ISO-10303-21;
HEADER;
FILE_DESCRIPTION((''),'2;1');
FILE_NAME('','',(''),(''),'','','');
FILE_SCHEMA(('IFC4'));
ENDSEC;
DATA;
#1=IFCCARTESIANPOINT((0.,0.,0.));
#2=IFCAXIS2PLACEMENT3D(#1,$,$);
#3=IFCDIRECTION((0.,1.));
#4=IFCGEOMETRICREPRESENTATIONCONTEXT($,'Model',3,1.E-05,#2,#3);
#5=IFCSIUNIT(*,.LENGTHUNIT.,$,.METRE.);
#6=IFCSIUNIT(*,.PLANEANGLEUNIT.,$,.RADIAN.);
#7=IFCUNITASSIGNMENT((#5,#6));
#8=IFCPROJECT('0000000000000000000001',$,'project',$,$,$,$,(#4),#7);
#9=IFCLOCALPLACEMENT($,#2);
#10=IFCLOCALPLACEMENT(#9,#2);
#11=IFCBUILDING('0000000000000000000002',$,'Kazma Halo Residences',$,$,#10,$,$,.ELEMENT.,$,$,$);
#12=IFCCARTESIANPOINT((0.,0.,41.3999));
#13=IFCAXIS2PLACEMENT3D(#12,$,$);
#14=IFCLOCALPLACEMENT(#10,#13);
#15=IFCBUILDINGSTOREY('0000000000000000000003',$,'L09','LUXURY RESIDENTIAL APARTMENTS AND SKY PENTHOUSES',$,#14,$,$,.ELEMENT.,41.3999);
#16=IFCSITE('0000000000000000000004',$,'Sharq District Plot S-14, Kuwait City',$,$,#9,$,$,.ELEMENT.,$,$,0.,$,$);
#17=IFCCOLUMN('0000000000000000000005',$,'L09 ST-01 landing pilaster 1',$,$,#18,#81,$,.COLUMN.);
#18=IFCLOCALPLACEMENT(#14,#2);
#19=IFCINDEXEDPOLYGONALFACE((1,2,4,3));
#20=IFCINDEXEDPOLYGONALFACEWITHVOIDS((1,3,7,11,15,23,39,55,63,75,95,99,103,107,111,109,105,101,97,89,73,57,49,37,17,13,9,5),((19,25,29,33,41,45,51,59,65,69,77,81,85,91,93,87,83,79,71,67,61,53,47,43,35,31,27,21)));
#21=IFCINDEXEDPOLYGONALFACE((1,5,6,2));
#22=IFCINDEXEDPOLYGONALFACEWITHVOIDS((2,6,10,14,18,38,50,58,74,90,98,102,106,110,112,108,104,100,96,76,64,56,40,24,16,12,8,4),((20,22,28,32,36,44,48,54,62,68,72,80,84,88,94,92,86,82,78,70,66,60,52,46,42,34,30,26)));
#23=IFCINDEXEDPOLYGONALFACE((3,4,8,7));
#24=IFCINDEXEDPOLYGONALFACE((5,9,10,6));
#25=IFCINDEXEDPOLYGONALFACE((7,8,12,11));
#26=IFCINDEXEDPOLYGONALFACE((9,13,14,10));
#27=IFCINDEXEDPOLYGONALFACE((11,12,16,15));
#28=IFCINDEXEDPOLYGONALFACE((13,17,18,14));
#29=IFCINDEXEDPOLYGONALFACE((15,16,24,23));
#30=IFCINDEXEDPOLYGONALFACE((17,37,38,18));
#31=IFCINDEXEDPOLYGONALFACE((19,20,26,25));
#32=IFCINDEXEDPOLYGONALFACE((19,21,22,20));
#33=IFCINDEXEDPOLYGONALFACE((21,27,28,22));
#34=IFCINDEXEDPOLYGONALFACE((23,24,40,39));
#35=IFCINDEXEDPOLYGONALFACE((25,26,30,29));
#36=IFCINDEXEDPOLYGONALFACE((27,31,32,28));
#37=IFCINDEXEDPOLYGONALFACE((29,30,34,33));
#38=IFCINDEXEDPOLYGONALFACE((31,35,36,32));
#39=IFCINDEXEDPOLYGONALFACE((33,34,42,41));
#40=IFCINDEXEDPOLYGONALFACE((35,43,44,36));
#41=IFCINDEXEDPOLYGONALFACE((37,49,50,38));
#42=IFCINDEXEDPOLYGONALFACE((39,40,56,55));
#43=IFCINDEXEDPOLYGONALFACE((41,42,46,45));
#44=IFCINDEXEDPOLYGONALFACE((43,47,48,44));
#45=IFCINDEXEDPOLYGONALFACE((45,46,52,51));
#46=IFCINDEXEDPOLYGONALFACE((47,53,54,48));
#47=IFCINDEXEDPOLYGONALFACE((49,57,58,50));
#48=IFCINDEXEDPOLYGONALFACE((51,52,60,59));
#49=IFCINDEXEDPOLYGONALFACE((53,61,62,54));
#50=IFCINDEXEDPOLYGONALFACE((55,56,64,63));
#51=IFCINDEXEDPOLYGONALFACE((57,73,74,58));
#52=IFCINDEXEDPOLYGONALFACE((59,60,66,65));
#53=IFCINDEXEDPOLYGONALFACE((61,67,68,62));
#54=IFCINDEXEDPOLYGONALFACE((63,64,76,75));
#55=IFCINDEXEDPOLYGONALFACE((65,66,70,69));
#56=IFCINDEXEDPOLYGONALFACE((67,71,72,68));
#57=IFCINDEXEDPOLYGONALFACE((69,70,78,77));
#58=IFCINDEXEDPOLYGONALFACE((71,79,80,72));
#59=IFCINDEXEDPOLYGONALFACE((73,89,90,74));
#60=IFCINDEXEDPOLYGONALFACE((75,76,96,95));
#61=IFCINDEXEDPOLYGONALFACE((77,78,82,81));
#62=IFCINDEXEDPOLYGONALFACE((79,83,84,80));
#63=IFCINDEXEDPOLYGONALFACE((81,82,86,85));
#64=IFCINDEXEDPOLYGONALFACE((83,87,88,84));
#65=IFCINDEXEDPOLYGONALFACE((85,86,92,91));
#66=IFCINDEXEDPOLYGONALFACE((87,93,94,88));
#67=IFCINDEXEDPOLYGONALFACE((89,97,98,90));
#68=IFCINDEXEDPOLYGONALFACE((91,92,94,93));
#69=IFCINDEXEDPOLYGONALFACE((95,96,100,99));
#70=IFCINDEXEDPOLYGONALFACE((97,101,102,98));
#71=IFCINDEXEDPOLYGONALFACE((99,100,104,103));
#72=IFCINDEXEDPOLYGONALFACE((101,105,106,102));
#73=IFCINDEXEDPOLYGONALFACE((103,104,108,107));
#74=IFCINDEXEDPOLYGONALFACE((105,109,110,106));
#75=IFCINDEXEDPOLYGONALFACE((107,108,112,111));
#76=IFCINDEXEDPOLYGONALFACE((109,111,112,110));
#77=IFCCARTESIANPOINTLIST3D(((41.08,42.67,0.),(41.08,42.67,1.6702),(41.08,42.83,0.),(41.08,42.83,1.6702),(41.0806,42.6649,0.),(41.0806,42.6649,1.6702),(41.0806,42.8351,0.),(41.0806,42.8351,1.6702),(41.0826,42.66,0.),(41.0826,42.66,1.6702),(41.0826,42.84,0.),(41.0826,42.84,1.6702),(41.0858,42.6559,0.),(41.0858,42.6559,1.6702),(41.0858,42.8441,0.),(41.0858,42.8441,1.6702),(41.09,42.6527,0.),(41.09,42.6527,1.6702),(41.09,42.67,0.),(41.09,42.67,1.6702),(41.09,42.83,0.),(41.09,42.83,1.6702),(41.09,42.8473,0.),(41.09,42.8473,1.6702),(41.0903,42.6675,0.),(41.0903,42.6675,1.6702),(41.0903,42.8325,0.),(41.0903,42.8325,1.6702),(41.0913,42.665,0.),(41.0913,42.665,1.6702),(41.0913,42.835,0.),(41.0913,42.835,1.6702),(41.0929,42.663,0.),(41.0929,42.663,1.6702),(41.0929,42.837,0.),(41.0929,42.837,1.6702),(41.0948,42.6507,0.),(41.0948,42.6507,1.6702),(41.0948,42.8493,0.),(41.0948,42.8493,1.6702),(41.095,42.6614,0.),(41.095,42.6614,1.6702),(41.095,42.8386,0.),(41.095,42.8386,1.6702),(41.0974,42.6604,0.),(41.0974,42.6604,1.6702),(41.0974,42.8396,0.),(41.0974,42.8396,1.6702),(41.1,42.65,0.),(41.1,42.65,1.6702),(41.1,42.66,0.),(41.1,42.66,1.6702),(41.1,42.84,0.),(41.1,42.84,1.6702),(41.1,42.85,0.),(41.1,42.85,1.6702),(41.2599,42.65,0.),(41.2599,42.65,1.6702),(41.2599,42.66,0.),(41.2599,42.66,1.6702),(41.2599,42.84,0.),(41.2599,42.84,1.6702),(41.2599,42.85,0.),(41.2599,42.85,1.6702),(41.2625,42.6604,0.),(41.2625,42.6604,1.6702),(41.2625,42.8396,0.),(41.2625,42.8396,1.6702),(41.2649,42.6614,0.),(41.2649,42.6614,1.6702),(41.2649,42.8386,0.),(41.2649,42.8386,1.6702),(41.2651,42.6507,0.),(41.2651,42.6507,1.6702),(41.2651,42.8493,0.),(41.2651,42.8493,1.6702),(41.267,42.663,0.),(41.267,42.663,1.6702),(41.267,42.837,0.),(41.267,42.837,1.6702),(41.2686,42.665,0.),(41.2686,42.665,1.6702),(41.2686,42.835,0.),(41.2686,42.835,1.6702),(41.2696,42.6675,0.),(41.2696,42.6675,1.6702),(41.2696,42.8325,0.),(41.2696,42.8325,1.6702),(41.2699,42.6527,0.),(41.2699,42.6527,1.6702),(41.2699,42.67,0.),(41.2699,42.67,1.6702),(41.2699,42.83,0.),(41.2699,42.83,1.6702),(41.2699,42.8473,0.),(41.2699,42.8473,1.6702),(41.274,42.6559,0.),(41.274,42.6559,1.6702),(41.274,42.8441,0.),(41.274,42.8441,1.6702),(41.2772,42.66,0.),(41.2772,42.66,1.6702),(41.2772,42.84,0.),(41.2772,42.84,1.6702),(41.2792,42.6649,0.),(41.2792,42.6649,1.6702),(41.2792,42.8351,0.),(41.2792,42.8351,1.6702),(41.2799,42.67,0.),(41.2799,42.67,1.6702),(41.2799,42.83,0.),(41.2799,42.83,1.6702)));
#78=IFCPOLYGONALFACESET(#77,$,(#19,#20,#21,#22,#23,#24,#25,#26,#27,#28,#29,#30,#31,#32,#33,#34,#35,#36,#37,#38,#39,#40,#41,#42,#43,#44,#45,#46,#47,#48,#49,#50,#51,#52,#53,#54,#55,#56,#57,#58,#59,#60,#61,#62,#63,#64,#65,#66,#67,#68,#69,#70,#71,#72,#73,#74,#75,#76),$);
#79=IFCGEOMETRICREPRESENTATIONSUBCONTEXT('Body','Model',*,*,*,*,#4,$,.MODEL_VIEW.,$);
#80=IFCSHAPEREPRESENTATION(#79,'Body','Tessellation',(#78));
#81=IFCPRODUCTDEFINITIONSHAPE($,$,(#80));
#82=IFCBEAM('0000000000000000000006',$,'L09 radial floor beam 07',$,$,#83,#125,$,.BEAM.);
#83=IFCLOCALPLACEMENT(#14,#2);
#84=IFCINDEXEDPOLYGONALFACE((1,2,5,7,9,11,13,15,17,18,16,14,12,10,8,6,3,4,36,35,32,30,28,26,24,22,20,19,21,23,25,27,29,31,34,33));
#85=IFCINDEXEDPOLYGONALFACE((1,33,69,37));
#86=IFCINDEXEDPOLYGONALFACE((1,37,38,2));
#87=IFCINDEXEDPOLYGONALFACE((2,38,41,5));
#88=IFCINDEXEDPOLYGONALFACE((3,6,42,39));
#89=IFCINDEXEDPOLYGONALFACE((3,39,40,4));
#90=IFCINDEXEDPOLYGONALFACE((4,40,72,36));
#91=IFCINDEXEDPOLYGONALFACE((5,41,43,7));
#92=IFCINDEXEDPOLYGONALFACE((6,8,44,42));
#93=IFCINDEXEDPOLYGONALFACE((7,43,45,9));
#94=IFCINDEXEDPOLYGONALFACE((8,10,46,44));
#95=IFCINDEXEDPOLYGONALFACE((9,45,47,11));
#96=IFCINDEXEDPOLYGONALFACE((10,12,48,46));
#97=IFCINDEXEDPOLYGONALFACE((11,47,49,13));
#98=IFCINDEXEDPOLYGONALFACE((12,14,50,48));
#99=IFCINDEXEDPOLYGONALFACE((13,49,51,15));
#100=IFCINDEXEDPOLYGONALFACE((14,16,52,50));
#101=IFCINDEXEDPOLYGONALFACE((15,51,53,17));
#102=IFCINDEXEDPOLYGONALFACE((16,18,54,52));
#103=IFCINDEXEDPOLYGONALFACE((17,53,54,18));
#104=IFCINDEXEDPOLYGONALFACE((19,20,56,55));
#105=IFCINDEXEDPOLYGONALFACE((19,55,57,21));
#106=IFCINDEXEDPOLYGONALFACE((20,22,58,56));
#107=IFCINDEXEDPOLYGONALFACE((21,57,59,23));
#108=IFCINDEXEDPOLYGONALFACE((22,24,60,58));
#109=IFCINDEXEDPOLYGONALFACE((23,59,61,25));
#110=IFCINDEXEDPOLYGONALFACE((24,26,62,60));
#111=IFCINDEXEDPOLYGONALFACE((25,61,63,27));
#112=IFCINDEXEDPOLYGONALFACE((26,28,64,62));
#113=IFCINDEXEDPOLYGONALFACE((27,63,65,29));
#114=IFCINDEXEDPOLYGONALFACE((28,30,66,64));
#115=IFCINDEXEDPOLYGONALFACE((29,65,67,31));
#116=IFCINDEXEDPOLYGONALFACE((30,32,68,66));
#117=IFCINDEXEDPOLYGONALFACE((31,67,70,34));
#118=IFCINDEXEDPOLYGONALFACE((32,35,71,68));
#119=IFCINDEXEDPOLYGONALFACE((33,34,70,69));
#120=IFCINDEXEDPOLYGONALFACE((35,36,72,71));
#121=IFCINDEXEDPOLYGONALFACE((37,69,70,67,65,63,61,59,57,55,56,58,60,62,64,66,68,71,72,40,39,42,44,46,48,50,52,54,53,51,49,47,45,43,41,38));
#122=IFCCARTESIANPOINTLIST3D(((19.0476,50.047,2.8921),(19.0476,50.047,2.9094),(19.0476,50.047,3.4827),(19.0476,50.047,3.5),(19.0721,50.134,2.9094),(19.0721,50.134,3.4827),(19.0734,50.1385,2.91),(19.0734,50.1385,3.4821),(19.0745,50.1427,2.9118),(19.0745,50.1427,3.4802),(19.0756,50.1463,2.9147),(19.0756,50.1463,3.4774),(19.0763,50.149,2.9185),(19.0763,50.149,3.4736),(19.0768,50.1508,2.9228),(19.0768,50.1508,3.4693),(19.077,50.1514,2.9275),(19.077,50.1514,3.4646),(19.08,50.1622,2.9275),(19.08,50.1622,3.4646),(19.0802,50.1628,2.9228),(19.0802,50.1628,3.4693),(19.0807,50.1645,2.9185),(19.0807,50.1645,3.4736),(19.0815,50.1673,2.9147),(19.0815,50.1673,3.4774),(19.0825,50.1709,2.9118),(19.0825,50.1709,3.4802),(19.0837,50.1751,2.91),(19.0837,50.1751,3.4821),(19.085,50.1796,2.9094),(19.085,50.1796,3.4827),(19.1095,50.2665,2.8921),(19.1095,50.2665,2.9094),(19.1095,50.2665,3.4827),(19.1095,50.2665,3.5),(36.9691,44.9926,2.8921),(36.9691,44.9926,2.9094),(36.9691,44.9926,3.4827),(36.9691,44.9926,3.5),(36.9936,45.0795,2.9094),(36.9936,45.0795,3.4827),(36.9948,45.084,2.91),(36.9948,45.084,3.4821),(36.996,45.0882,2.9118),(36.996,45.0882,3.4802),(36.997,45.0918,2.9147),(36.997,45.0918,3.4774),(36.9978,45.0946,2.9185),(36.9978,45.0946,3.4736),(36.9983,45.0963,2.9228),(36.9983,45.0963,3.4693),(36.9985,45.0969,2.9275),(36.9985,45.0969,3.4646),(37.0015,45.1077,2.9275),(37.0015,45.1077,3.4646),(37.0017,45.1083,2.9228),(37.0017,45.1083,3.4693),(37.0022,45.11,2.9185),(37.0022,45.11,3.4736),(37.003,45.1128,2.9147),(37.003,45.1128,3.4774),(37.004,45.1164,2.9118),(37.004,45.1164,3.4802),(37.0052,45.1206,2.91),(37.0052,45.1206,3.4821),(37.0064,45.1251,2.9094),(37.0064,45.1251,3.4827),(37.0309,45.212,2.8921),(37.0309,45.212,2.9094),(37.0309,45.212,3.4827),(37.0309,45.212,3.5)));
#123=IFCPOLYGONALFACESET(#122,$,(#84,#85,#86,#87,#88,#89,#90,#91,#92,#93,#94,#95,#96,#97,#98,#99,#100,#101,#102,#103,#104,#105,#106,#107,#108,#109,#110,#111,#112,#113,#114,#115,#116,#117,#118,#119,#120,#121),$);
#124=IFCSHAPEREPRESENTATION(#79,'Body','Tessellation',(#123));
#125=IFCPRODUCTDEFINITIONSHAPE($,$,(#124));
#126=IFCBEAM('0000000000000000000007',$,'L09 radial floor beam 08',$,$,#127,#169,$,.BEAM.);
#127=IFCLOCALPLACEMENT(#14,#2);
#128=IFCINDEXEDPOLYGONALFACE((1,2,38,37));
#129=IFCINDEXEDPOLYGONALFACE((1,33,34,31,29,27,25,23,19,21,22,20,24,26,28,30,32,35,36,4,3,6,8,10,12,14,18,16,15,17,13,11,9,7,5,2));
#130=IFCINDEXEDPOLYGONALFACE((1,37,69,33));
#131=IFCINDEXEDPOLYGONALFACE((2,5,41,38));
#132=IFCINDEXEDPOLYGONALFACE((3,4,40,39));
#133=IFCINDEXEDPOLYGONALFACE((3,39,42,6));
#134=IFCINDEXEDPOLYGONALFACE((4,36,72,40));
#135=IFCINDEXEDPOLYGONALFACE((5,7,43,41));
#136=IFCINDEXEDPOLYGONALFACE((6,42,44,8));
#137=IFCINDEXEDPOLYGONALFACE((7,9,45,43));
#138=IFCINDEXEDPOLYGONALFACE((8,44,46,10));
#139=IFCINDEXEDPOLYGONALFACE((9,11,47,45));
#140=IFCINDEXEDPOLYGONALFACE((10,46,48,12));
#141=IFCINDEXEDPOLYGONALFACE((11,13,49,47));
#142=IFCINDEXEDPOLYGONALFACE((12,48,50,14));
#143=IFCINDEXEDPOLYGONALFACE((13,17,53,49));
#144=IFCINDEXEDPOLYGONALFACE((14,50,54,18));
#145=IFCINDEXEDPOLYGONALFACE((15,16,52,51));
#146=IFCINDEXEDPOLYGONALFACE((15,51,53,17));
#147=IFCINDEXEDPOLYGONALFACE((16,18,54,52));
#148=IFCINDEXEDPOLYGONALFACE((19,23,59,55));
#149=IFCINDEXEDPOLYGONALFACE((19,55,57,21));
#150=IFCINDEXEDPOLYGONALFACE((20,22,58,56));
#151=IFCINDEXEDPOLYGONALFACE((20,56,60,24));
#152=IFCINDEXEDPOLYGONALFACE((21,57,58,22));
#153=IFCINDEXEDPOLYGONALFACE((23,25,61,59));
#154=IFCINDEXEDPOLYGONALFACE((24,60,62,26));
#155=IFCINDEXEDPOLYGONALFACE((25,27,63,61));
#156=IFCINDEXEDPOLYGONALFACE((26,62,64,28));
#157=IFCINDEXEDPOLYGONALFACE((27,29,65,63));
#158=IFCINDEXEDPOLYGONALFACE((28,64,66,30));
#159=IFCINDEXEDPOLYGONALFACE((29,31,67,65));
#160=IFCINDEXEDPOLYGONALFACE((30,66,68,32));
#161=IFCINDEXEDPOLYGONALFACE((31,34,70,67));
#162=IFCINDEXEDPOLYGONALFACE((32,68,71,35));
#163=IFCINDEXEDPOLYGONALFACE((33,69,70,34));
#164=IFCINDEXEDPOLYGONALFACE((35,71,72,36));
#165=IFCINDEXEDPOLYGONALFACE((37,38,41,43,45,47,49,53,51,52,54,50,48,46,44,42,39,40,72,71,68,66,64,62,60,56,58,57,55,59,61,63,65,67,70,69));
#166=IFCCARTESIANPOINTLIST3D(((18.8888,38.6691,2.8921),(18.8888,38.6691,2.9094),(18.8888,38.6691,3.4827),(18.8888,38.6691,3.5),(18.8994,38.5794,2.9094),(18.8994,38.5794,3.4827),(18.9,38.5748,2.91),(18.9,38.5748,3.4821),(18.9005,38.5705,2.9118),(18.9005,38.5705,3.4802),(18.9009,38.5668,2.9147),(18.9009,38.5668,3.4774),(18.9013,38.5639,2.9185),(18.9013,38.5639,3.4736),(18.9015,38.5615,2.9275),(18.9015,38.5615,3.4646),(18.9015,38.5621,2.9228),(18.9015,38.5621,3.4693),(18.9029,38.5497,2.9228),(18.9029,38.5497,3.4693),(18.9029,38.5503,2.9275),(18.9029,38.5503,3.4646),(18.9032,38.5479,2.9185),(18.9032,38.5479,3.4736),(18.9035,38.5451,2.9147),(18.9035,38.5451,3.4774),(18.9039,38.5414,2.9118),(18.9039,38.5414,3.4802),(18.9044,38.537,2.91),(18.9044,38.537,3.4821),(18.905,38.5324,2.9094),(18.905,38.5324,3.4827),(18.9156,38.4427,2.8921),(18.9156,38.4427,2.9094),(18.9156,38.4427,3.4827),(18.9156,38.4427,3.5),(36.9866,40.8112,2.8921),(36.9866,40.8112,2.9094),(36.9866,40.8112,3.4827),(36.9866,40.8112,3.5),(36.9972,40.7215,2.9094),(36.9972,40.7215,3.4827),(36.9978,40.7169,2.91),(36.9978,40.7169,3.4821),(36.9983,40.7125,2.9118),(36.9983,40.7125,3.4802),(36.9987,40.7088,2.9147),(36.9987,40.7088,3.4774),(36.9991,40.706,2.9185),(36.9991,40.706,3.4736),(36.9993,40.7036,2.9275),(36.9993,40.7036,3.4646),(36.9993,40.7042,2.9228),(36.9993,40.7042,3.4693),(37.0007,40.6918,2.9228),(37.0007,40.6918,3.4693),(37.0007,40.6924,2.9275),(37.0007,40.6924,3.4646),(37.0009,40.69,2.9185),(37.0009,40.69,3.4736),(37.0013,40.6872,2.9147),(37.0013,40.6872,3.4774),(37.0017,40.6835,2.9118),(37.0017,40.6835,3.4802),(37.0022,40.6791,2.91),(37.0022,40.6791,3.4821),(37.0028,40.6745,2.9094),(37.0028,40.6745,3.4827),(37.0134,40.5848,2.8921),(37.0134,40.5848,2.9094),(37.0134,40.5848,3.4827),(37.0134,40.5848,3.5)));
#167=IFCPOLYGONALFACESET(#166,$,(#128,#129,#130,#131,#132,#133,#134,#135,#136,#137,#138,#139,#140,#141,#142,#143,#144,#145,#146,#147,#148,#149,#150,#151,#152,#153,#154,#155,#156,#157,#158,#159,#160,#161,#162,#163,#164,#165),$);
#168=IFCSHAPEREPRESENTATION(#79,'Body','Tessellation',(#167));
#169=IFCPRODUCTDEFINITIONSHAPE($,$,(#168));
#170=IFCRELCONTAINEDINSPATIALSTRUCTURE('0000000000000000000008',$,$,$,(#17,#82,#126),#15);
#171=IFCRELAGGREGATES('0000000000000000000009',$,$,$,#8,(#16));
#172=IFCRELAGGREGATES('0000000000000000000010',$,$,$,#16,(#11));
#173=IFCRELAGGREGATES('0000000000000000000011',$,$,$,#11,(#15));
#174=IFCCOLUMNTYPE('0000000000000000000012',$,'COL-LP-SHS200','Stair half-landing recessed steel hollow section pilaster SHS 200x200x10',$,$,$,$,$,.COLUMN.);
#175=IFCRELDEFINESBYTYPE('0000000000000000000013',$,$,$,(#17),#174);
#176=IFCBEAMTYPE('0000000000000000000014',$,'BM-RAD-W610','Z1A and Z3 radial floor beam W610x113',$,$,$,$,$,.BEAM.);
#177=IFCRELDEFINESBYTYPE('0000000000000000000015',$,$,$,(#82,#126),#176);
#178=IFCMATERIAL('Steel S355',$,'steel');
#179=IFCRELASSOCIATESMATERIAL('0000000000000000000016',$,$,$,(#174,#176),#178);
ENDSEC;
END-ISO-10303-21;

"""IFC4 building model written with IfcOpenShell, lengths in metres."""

from ifc_helpers import new_model, si_unit, direction, frame, origin, origin_2d, place, context, subcontext, project, spatial, hollow_rectangle, i_section, extrude, material, material_profile, profile_set, type_object, element, save


model = new_model("IFC4")

# Units and contexts
model_context = context("Model", 3, precision=1e-05, world=origin(), true_north=direction((0.0, 1.0)))
body_context = subcontext(model_context, "Body", "Model", "MODEL_VIEW")
ifc_project = project(units=[si_unit("LENGTHUNIT", "METRE"), si_unit("PLANEANGLEUNIT", "RADIAN")], contexts=[model_context])

# Site, building, storey
site_placement = place(None, origin())
site = spatial("IfcSite", under=ifc_project, at=site_placement, Name="Sharq District Plot S-14, Kuwait City", CompositionType="ELEMENT", RefElevation=0.0)
building_placement = place(site_placement, origin())
building = spatial("IfcBuilding", under=site, at=building_placement, Name="Kazma Halo Residences", CompositionType="ELEMENT")
storey_placement = place(building_placement, frame((0.0, 0.0, 41.3999)))
storey = spatial("IfcBuildingStorey", under=building, at=storey_placement, Name="L09", Description="LUXURY RESIDENTIAL APARTMENTS AND SKY PENTHOUSES", CompositionType="ELEMENT", Elevation=41.3999)

# Column
ifc_material_1 = material(Name="Steel S355", Category="steel")
ifc_material_profile_1 = material_profile(ifc_material_1, hollow_rectangle(XDim=0.2, YDim=0.2, WallThickness=0.01, InnerFilletRadius=0.01, OuterFilletRadius=0.02, at=origin_2d()), Name="SHS200x200x10")
ifc_profile_set_1 = profile_set([ifc_material_profile_1], Name="Steel S355")
column_type = type_object("IfcColumnType", Name="COL-LP-SHS200", Description="Stair half-landing recessed steel hollow section pilaster SHS 200x200x10", PredefinedType="COLUMN", material=ifc_profile_set_1)
column_placement = place(storey_placement, frame((41.1799, 42.75, 0.0), z_axis=(0.0, 0.0, 1.0), x_axis=(1.0, 0.0, 0.0)))
element("IfcColumn", 1, at=column_placement, inside=storey, type_object=column_type, Name="L09 ST-01 landing pilaster 1", PredefinedType="COLUMN", context=body_context, shape_type="SweptSolid", body=[
    extrude(hollow_rectangle(XDim=0.2, YDim=0.2, WallThickness=0.01, InnerFilletRadius=0.01, OuterFilletRadius=0.02, at=origin_2d()), origin(), (0.0, 0.0, 1.0), 1.6702),
])

# Beams
ifc_material_profile_2 = material_profile(ifc_material_1, i_section(OverallWidth=0.228, OverallDepth=0.6079, WebThickness=0.0112, FlangeThickness=0.0173, FilletRadius=0.0181, at=origin_2d()), Name="W610x113")
ifc_profile_set_2 = profile_set([ifc_material_profile_2], Name="Steel S355")
beam_type_1 = type_object("IfcBeamType", Name="BM-RAD-W610", Description="Z1A and Z3 radial floor beam W610x113", PredefinedType="BEAM", material=ifc_profile_set_2)
beam_1_placement = place(storey_placement, frame((37.0, 45.1023, 3.196), z_axis=(-0.962454, 0.271445, 0.0), x_axis=(-0.271445, -0.962454, 0.0)))
element("IfcBeam", 2, at=beam_1_placement, inside=storey, type_object=beam_type_1, Name="L09 radial floor beam 07", PredefinedType="BEAM", context=body_context, shape_type="SweptSolid", body=[
    extrude(i_section(OverallWidth=0.228, OverallDepth=0.6079, WebThickness=0.0112, FlangeThickness=0.0173, FilletRadius=0.0181, at=origin_2d()), origin(), (0.0, 0.0, 1.0), 18.6206),
])
beam_2_placement = place(storey_placement, frame((37.0, 40.698, 3.196), z_axis=(-0.993068, -0.117541, 0.0), x_axis=(0.117541, -0.993068, 0.0)))
element("IfcBeam", 3, at=beam_2_placement, inside=storey, type_object=beam_type_1, Name="L09 radial floor beam 08", PredefinedType="BEAM", context=body_context, shape_type="SweptSolid", body=[
    extrude(i_section(OverallWidth=0.228, OverallDepth=0.6079, WebThickness=0.0112, FlangeThickness=0.0173, FilletRadius=0.0181, at=origin_2d()), origin(), (0.0, 0.0, 1.0), 18.2241),
])

save(model, "model.ifc")
